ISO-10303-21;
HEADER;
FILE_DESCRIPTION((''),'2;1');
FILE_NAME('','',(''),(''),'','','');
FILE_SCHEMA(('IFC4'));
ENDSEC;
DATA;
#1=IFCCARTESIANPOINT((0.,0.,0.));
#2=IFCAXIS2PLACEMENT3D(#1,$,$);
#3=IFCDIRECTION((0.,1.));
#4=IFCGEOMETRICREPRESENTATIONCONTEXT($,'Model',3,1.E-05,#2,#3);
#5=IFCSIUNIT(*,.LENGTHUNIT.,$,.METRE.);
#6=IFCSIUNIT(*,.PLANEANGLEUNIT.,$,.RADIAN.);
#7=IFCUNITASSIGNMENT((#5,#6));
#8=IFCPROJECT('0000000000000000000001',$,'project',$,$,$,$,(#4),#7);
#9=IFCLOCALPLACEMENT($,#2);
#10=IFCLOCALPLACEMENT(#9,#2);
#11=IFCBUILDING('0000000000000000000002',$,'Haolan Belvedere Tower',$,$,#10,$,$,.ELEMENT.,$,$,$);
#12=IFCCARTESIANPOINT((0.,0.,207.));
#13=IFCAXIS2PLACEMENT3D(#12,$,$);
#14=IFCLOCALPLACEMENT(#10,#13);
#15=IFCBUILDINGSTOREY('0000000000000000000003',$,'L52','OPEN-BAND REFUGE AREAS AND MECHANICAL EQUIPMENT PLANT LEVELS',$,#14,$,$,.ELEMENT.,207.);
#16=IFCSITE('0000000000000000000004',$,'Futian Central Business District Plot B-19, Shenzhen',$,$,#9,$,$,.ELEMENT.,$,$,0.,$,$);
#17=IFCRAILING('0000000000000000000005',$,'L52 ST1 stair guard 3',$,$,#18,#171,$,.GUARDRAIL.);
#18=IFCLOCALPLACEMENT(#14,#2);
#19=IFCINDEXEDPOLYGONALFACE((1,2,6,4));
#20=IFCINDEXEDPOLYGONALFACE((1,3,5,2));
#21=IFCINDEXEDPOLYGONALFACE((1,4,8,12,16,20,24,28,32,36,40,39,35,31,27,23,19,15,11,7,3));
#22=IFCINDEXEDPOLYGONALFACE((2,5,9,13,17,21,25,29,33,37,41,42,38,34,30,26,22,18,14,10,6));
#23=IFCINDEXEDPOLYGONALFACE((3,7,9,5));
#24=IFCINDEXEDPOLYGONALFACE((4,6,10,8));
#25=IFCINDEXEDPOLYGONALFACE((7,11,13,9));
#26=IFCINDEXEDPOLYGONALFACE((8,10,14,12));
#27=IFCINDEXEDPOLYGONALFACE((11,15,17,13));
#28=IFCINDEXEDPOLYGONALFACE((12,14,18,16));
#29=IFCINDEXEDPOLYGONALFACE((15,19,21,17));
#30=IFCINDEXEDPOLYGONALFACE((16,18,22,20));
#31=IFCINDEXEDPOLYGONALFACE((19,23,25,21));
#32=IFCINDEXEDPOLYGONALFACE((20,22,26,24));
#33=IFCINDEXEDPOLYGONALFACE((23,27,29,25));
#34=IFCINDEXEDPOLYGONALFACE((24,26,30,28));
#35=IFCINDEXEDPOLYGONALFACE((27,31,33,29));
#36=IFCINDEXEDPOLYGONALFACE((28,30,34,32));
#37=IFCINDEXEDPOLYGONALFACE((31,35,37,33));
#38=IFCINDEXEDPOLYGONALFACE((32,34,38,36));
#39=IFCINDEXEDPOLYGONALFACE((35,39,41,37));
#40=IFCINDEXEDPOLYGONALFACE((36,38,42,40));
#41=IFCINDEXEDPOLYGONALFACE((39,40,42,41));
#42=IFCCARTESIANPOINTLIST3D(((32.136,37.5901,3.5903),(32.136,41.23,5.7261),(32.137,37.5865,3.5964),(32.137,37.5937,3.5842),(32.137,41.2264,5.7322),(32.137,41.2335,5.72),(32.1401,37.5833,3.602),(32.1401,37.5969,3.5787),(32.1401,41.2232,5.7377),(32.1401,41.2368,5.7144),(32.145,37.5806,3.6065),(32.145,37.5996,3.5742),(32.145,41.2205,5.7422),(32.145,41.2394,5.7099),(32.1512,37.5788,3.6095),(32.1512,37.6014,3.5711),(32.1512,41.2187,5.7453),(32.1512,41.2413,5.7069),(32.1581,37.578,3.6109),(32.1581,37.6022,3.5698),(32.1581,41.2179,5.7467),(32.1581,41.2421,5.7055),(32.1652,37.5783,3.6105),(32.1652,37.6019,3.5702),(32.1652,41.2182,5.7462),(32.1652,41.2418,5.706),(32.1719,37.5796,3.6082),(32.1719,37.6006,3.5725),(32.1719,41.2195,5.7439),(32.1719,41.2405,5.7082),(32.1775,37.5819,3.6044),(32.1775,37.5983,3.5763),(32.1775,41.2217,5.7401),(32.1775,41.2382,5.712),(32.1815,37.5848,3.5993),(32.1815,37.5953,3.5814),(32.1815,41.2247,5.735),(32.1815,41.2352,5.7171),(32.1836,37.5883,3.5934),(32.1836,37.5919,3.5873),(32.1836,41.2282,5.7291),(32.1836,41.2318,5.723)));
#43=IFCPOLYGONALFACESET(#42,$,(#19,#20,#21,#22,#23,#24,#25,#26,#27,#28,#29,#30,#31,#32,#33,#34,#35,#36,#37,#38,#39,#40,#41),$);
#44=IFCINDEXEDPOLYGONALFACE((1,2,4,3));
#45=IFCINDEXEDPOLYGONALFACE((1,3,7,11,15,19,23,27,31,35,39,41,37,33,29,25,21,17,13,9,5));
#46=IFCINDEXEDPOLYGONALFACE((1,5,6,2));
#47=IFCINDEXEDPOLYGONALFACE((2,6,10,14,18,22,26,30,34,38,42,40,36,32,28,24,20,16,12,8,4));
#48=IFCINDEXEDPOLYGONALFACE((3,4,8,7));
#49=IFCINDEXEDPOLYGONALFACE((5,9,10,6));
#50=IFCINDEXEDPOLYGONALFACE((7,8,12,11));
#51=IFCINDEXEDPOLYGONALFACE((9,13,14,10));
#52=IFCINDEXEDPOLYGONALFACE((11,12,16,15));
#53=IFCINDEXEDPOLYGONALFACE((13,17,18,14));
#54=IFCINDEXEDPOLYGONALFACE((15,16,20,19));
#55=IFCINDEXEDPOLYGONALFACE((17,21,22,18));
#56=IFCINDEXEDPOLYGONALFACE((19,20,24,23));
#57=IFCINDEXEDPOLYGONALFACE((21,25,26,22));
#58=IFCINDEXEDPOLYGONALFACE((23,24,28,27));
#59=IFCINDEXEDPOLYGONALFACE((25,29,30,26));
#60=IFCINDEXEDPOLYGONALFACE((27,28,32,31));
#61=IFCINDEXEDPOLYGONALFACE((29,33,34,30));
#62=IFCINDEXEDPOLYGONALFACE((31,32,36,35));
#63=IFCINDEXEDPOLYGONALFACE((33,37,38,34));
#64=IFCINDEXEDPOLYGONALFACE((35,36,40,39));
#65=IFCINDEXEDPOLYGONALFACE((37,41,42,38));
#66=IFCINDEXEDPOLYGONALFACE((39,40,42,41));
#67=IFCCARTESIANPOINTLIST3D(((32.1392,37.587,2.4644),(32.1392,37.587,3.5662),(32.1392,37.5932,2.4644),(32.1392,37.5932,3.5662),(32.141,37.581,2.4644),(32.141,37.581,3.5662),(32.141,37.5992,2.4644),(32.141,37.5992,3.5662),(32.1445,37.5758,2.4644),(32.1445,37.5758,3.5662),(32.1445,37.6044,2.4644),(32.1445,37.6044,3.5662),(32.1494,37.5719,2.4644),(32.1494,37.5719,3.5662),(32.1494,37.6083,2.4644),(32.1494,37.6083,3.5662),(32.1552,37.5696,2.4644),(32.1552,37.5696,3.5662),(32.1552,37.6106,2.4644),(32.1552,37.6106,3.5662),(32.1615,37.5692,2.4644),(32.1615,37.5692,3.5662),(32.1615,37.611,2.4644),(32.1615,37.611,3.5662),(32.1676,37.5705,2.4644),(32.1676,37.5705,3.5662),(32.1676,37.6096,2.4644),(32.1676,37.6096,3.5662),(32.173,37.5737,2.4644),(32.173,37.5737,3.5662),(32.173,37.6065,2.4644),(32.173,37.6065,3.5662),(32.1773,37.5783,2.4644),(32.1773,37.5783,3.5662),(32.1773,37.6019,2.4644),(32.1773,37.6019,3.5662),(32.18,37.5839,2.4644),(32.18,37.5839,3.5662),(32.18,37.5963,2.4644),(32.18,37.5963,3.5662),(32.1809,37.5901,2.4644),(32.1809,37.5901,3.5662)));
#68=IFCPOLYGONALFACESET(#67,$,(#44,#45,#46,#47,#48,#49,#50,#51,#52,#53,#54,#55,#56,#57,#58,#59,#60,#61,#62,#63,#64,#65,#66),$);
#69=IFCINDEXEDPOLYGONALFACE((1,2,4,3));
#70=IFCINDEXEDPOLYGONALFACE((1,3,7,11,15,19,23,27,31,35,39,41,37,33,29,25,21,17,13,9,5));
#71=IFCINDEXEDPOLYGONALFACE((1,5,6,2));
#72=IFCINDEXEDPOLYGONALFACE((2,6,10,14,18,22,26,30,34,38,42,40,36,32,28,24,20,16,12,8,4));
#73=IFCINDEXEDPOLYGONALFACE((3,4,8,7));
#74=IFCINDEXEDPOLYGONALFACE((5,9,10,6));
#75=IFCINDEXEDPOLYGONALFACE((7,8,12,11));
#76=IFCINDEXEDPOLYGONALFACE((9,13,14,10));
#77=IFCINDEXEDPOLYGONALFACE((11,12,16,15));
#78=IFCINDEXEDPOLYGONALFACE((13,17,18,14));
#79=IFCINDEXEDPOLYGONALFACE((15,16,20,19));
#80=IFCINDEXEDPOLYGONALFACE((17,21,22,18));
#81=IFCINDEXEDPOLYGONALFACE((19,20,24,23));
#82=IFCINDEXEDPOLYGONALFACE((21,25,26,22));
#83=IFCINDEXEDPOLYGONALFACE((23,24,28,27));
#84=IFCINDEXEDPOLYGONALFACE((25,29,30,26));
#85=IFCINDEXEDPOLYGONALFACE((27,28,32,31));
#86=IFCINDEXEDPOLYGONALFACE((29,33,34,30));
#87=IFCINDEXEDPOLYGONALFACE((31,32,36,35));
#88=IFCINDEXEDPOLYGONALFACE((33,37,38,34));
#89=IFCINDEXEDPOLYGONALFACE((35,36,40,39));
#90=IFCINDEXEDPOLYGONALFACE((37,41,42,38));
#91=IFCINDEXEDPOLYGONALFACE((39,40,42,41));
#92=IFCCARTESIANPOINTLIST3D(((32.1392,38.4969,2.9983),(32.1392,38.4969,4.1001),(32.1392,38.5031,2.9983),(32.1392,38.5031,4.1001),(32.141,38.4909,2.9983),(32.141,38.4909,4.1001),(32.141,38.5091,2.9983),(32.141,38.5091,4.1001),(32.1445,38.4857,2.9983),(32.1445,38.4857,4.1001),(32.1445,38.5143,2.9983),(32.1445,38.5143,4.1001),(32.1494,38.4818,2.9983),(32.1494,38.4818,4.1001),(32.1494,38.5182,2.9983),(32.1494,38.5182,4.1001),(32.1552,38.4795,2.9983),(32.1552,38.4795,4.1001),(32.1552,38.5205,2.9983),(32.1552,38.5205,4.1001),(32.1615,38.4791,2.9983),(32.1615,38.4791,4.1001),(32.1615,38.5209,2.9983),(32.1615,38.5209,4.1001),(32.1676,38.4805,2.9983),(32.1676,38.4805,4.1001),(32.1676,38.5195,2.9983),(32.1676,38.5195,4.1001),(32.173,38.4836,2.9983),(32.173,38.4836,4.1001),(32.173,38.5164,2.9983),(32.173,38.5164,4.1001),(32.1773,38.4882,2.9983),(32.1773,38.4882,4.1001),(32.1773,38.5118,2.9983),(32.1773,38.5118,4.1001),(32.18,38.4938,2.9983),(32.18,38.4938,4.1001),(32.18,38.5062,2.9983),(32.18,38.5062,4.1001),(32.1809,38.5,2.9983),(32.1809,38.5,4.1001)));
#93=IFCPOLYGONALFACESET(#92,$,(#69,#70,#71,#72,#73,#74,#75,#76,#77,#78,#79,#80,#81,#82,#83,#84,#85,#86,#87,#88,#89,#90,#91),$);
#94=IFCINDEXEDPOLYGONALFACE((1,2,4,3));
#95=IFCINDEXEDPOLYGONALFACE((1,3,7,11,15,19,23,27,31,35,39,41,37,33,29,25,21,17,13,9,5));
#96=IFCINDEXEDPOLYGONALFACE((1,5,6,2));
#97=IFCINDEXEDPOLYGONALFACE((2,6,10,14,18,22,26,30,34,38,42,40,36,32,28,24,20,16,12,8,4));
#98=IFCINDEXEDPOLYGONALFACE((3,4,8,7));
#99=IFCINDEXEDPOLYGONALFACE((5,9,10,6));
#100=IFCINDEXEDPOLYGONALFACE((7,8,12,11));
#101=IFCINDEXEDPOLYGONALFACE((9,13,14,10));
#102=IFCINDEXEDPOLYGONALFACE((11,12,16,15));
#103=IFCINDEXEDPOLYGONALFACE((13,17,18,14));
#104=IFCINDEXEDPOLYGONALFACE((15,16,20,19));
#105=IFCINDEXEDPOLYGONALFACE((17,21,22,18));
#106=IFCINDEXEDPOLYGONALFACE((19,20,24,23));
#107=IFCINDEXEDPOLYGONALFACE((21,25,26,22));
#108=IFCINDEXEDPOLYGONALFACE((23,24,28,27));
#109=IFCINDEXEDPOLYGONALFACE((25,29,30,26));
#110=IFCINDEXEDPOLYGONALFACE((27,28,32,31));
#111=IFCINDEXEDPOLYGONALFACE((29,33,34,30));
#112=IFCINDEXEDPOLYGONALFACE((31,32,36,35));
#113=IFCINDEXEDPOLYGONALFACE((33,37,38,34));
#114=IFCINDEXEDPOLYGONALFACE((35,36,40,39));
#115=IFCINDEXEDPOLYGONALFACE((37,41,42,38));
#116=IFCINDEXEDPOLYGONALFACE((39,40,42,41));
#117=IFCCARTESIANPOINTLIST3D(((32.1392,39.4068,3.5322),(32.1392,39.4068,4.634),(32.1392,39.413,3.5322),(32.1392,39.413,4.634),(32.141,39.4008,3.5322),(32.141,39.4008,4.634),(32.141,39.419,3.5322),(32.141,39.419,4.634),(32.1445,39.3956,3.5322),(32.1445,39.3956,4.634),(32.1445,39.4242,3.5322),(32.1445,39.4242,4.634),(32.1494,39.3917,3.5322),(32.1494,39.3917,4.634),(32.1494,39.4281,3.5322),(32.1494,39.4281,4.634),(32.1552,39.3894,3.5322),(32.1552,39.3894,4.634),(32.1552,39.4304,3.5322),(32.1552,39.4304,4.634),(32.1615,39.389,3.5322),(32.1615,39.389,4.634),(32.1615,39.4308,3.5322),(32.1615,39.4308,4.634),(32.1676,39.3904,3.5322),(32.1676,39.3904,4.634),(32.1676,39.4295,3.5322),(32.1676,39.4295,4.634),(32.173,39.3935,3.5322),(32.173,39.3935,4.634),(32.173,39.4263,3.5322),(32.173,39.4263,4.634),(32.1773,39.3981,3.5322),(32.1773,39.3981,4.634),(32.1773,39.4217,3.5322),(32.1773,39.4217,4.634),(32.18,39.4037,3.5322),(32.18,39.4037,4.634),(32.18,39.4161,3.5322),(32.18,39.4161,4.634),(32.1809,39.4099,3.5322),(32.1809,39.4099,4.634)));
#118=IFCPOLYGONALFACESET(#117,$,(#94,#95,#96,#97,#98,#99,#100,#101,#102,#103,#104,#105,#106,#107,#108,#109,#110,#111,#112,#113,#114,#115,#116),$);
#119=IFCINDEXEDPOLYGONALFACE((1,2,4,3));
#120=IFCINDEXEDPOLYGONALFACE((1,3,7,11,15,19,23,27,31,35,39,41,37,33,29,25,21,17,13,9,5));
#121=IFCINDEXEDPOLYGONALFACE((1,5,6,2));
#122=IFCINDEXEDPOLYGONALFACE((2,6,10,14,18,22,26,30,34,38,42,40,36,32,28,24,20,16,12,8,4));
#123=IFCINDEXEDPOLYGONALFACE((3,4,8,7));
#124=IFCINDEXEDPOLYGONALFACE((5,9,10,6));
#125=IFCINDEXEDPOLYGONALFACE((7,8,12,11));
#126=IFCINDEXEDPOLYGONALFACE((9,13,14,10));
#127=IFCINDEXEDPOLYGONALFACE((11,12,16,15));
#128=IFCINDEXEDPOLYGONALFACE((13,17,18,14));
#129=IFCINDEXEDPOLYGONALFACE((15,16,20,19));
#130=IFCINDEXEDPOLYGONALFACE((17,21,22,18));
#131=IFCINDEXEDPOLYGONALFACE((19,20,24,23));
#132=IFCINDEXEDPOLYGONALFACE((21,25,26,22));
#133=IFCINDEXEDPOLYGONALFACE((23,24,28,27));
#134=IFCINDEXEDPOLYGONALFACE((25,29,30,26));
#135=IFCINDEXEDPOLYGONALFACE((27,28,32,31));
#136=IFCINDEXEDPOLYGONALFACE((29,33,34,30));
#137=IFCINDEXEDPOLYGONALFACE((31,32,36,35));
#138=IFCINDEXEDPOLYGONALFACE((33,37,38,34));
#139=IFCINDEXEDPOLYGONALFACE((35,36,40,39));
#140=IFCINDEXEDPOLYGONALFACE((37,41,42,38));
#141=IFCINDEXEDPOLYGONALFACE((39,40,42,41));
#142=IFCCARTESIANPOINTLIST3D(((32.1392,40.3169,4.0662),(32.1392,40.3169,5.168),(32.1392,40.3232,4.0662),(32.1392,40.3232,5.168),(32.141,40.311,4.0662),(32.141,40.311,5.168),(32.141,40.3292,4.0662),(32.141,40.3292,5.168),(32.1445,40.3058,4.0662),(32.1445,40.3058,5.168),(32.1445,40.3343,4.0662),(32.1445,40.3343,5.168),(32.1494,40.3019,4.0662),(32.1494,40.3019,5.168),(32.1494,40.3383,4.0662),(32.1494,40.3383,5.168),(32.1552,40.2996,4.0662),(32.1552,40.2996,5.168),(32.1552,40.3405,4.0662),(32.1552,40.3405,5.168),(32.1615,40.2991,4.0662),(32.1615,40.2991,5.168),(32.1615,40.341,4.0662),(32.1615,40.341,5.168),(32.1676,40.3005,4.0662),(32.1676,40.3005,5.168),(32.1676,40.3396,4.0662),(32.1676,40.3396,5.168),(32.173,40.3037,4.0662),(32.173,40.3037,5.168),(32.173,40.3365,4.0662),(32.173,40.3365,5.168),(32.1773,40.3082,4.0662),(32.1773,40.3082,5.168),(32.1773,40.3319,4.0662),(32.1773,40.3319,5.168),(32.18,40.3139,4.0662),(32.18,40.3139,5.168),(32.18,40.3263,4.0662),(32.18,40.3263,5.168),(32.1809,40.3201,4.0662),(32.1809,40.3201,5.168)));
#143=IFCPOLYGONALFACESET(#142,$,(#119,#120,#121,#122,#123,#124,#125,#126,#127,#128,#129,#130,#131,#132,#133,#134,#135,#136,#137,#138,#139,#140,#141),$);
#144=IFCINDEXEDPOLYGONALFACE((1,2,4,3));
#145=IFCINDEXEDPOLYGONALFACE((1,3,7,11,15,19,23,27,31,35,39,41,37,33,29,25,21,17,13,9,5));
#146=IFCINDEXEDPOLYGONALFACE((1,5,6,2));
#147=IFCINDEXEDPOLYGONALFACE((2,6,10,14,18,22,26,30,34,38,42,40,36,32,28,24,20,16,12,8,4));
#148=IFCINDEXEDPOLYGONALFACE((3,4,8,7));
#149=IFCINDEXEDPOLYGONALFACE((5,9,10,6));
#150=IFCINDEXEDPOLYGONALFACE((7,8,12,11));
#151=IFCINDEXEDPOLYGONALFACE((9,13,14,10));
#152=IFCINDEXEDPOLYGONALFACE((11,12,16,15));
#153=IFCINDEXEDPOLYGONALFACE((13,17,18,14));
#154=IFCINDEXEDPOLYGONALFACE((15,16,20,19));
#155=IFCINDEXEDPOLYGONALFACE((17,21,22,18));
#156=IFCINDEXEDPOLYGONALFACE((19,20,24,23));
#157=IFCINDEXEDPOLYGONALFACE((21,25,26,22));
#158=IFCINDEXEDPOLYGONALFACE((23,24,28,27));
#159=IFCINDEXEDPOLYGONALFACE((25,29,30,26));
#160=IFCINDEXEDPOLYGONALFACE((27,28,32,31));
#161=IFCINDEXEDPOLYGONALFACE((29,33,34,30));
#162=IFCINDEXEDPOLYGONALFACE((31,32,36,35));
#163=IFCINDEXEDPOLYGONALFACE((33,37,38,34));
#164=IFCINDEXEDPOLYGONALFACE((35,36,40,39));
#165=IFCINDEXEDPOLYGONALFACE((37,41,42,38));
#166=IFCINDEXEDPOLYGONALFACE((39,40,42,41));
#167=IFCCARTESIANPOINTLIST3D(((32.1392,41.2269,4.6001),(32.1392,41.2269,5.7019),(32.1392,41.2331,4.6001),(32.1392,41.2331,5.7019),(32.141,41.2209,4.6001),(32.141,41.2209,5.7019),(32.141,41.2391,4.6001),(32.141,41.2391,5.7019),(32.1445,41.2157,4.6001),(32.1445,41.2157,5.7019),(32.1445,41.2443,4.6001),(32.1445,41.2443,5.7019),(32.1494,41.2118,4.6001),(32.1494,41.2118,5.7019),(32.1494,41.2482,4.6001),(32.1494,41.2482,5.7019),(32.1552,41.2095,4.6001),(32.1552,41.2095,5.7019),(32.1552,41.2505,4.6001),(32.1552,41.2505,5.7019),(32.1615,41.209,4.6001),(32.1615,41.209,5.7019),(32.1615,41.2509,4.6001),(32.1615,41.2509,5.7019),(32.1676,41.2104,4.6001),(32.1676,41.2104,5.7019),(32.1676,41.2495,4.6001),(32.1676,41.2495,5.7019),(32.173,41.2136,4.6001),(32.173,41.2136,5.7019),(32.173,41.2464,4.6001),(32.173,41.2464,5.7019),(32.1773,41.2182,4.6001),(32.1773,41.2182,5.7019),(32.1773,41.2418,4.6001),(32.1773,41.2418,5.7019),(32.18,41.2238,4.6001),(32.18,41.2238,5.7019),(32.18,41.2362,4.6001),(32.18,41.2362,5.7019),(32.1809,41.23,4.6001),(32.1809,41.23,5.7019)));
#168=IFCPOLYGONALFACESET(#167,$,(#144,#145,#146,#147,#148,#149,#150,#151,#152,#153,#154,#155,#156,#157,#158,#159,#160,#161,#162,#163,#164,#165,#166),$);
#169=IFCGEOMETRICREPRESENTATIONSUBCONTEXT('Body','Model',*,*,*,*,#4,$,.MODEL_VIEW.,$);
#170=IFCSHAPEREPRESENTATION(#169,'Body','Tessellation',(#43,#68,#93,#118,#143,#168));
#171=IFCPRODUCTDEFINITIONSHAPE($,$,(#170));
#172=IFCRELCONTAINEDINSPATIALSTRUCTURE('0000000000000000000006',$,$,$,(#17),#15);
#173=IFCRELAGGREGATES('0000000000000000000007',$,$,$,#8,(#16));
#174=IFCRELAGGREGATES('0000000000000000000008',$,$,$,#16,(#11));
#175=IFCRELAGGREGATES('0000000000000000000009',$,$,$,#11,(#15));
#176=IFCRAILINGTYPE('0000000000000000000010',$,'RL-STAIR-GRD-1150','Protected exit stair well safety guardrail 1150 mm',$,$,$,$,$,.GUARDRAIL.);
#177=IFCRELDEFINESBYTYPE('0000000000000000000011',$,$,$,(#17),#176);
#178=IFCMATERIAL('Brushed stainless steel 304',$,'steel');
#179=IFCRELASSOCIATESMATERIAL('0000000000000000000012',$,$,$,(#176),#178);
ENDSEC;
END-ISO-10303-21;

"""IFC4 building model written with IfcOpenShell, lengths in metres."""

from ifc_helpers import new_model, si_unit, direction, frame, origin, origin_2d, place, context, subcontext, project, spatial, circle, extrude, material, type_object, element, save


model = new_model("IFC4")

# Units and contexts
model_context = context("Model", 3, precision=1e-05, world=origin(), true_north=direction((0.0, 1.0)))
body_context = subcontext(model_context, "Body", "Model", "MODEL_VIEW")
ifc_project = project(units=[si_unit("LENGTHUNIT", "METRE"), si_unit("PLANEANGLEUNIT", "RADIAN")], contexts=[model_context])

# Site, building, storey
site_placement = place(None, origin())
site = spatial("IfcSite", under=ifc_project, at=site_placement, Name="Futian Central Business District Plot B-19, Shenzhen", CompositionType="ELEMENT", RefElevation=0.0)
building_placement = place(site_placement, origin())
building = spatial("IfcBuilding", under=site, at=building_placement, Name="Haolan Belvedere Tower", CompositionType="ELEMENT")
storey_placement = place(building_placement, frame((0.0, 0.0, 207.0)))
storey = spatial("IfcBuildingStorey", under=building, at=storey_placement, Name="L52", Description="OPEN-BAND REFUGE AREAS AND MECHANICAL EQUIPMENT PLANT LEVELS", CompositionType="ELEMENT", Elevation=207.0)

# Railing
ifc_material_1 = material(Name="Brushed stainless steel 304", Category="steel")
railing_type_1 = type_object("IfcRailingType", Name="RL-STAIR-GRD-1150", Description="Protected exit stair well safety guardrail 1150 mm", PredefinedType="GUARDRAIL", material=ifc_material_1)
railing_1_placement = place(storey_placement, frame((32.1599, 37.5901, 2.4644)))
element("IfcRailing", 1, at=railing_1_placement, inside=storey, type_object=railing_type_1, Name="L52 ST1 stair guard 3", PredefinedType="GUARDRAIL", context=body_context, shape_type="SweptSolid", body=[
    extrude(circle(Radius=0.0239, at=origin_2d()), frame((0.0, 0.0, 1.126), z_axis=(0.0, 0.86249, 0.506074), x_axis=(-1.0, 0.0, 0.0)), (0.0, 0.0, 1.0), 4.2202),
    extrude(circle(Radius=0.021, at=origin_2d()), origin(), (0.0, 0.0, 1.0), 1.1018),
    extrude(circle(Radius=0.021, at=origin_2d()), frame((0.0, 0.9099, 0.5339)), (0.0, 0.0, 1.0), 1.1018),
    extrude(circle(Radius=0.021, at=origin_2d()), frame((0.0, 1.8198, 1.0679)), (0.0, 0.0, 1.0), 1.1018),
    extrude(circle(Radius=0.021, at=origin_2d()), frame((0.0, 2.73, 1.6018)), (0.0, 0.0, 1.0), 1.1018),
    extrude(circle(Radius=0.021, at=origin_2d()), frame((0.0, 3.6399, 2.1357)), (0.0, 0.0, 1.0), 1.1018),
])

save(model, "model.ifc")
